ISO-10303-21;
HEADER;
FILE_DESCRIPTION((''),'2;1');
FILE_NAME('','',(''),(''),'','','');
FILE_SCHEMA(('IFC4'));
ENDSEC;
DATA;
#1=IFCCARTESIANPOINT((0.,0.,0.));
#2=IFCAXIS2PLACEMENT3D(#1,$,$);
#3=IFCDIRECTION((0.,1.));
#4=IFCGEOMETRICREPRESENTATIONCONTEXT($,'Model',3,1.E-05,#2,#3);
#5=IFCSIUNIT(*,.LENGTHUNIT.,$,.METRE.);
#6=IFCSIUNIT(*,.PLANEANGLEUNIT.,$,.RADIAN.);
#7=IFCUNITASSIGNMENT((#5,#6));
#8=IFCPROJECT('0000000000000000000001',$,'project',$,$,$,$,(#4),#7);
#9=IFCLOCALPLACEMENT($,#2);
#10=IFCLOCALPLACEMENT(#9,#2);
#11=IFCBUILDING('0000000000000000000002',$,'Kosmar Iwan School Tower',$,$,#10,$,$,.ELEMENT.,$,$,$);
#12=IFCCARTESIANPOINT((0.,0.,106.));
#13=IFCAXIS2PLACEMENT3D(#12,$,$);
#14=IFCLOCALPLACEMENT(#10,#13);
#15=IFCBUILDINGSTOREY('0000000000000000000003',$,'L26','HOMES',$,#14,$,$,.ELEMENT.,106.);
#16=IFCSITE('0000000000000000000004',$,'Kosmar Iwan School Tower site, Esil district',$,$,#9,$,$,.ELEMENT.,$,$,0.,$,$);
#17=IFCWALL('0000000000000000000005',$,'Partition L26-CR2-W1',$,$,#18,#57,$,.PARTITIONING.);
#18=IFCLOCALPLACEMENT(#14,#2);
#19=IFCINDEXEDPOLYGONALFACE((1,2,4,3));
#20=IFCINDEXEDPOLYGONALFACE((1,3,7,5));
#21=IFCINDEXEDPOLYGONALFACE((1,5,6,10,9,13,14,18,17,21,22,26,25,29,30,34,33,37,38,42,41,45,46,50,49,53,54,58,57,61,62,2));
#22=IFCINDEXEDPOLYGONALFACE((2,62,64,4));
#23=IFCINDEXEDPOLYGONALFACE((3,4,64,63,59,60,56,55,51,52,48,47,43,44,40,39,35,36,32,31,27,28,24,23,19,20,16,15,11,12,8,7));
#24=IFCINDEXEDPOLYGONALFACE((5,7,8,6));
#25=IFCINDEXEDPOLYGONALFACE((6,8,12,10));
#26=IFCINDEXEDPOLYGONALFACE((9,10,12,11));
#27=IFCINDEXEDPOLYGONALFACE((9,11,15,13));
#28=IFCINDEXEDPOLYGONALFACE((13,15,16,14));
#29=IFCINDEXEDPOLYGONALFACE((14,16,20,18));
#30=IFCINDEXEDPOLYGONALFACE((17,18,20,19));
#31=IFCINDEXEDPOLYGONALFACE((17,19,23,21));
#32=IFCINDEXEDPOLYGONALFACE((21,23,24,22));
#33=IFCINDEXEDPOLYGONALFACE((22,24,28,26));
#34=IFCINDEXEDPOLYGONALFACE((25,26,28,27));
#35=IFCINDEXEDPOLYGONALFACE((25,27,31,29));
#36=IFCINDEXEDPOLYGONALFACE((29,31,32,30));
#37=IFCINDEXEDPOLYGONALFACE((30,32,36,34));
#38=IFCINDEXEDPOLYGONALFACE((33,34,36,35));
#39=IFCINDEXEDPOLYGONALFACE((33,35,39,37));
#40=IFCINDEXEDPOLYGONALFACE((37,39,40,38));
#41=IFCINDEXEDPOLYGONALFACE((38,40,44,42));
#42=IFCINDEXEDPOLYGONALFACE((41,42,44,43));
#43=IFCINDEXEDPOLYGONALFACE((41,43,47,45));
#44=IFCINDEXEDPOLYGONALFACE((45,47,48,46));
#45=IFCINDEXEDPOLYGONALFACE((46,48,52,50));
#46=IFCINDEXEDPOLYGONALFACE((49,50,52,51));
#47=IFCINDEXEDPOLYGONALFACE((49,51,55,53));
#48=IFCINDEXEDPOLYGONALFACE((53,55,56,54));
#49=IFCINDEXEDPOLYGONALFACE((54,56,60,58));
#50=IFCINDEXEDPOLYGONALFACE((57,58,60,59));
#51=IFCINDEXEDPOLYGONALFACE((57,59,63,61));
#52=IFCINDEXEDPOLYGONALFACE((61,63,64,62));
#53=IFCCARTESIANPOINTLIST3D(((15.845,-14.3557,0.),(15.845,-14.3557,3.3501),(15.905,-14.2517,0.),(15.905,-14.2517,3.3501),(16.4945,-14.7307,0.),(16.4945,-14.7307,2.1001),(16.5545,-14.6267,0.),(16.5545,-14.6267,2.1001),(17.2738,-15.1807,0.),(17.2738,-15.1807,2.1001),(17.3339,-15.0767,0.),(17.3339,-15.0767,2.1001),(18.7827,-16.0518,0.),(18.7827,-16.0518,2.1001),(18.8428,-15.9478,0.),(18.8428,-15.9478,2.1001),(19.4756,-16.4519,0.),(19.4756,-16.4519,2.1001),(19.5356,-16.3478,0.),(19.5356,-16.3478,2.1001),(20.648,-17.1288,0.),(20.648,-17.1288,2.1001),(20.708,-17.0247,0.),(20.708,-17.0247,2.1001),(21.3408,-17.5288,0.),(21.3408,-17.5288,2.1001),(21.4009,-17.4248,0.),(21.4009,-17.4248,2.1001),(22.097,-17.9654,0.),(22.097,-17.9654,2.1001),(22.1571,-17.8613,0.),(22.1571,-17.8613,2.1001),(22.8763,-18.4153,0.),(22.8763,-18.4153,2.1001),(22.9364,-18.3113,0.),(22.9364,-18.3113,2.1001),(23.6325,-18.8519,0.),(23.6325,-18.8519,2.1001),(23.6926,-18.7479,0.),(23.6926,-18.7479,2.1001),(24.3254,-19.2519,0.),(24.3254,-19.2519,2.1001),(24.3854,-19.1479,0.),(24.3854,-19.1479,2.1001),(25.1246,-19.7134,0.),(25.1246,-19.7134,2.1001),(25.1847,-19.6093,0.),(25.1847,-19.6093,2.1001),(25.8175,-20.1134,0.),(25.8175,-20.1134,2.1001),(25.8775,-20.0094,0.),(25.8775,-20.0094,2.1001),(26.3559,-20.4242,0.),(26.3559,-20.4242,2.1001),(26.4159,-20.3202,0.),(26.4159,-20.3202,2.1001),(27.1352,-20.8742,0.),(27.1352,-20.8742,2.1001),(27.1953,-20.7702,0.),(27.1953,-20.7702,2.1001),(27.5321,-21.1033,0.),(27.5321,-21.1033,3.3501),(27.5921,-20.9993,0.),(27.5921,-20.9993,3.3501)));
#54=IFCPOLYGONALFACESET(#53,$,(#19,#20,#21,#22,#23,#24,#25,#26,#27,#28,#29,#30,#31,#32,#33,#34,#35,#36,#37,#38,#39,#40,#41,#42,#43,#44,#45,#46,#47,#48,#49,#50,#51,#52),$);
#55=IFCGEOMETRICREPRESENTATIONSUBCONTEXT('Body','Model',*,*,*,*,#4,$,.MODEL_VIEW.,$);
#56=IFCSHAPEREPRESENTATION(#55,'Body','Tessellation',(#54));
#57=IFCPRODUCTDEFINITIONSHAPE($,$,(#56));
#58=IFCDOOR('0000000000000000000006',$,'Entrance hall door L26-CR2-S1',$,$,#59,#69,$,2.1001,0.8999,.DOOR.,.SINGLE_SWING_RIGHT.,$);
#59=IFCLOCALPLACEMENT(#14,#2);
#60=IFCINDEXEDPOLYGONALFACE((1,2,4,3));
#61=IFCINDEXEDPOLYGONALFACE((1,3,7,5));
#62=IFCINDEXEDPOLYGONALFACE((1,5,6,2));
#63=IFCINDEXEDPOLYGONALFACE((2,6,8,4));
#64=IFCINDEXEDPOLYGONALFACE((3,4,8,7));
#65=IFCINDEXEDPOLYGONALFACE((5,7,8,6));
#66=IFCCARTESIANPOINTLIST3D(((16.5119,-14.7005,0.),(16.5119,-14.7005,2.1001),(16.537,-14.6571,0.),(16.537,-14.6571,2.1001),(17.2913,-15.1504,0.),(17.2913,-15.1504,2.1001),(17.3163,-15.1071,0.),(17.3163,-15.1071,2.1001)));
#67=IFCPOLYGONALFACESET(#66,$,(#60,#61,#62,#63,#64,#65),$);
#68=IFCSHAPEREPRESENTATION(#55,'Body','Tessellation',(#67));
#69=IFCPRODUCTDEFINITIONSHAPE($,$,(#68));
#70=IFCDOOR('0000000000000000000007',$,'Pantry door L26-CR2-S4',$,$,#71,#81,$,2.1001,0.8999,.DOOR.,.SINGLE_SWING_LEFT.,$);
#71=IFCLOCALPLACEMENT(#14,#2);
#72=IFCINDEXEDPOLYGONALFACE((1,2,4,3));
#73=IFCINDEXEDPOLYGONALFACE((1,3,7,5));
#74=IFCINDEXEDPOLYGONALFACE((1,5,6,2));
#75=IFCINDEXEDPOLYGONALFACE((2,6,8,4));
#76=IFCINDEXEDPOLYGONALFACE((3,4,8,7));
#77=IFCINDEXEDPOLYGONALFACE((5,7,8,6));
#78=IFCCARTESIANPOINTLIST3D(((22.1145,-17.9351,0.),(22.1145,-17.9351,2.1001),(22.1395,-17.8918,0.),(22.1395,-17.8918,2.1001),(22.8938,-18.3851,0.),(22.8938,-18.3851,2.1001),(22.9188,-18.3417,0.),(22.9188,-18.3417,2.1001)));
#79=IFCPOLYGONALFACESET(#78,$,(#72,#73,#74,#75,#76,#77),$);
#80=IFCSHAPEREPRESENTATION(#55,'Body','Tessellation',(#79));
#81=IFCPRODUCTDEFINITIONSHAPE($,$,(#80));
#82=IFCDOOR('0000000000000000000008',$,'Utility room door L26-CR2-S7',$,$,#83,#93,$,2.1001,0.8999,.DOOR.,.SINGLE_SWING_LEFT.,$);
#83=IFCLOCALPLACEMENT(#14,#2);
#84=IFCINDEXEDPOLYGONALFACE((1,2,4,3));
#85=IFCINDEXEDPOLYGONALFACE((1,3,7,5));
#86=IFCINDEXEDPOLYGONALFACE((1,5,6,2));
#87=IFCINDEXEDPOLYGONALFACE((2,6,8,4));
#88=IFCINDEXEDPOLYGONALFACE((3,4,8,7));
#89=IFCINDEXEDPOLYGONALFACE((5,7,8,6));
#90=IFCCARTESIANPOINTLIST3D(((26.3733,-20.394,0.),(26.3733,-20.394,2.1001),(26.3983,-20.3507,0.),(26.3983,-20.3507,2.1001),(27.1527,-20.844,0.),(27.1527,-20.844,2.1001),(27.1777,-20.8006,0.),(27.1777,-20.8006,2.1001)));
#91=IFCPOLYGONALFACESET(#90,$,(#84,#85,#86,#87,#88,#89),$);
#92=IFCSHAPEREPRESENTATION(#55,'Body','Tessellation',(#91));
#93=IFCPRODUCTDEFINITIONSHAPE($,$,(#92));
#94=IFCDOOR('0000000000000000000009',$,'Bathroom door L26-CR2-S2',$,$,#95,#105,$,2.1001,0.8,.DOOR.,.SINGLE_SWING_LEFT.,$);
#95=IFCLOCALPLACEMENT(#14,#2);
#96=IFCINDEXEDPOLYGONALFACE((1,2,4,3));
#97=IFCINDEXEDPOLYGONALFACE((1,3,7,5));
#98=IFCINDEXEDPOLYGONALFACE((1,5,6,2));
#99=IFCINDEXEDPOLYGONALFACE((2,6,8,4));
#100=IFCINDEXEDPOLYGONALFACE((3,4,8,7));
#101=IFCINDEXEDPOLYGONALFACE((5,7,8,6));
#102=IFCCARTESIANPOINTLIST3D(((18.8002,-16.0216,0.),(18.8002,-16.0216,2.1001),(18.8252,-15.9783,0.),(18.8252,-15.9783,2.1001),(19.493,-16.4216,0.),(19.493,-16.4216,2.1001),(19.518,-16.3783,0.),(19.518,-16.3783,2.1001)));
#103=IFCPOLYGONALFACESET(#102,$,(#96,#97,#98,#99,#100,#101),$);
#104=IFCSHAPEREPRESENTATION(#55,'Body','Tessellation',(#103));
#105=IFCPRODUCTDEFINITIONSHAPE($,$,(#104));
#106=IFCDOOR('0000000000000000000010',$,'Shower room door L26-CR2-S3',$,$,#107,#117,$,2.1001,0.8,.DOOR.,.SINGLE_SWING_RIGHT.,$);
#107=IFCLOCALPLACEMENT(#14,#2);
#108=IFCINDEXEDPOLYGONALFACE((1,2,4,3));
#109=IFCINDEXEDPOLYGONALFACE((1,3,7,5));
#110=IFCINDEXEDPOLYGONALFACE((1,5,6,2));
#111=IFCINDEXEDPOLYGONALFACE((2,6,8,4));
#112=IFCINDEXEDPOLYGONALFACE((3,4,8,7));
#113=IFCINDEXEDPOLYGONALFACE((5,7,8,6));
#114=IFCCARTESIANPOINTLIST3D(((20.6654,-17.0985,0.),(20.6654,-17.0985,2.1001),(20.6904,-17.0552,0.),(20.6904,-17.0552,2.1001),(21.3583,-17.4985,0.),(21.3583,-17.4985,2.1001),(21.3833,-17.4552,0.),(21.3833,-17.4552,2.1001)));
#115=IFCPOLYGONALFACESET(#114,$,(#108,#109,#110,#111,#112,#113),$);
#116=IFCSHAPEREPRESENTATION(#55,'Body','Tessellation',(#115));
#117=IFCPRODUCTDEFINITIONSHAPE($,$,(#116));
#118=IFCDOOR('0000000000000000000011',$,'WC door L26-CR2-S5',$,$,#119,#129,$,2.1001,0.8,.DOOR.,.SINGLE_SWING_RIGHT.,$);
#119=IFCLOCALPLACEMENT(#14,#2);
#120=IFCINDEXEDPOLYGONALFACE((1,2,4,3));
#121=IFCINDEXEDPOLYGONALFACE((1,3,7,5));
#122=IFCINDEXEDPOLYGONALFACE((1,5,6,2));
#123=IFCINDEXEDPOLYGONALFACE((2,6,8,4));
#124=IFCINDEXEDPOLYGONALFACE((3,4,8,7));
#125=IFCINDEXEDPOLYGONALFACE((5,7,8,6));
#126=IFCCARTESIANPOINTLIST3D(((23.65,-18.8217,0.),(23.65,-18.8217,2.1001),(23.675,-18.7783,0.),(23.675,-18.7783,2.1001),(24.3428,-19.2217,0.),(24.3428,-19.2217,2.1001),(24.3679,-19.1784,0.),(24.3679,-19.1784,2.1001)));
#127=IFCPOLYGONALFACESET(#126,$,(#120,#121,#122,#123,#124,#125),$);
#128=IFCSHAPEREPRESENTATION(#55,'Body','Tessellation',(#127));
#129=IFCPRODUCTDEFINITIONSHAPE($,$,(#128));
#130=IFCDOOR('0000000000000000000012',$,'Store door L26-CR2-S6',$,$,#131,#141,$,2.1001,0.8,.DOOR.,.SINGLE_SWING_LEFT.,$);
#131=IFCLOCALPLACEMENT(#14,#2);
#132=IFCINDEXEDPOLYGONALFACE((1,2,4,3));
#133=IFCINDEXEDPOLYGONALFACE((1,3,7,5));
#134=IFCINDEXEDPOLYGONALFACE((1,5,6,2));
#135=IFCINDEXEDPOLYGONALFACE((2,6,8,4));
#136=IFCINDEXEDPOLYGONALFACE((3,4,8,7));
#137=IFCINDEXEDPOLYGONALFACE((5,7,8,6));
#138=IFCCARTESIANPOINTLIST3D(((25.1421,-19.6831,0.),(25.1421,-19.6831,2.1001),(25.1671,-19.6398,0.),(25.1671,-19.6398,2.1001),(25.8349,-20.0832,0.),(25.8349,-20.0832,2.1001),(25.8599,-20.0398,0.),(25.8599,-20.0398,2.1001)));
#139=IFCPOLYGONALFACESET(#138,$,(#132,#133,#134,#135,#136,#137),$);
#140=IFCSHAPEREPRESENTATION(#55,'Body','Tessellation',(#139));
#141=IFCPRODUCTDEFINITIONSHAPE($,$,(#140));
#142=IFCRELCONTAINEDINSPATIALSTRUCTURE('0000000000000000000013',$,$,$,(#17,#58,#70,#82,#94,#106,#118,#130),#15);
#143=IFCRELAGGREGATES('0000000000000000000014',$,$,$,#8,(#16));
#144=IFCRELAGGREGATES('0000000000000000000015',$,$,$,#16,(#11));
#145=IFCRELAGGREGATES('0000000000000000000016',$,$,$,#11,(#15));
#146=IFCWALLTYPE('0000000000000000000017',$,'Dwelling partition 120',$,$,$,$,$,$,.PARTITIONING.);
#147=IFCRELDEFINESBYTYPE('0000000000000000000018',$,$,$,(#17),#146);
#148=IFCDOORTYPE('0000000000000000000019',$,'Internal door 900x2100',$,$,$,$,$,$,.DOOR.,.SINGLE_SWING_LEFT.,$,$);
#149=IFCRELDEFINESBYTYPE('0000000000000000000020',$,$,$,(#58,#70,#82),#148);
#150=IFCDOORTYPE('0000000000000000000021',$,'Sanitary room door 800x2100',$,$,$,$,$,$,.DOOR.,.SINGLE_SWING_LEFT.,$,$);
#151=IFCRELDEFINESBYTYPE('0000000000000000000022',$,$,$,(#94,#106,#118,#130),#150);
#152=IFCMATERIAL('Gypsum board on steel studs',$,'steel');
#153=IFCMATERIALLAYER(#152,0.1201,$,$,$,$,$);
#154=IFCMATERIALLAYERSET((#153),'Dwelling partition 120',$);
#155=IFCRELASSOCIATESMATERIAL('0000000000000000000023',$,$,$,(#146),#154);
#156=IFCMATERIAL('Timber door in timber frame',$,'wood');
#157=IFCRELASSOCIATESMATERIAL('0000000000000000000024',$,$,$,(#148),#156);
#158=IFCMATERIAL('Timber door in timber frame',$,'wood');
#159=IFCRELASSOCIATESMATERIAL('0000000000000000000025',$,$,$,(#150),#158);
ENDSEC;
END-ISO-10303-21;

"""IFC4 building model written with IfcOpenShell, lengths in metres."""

from ifc_helpers import new_model, si_unit, direction, frame, frame_2d, origin, place, context, subcontext, project, spatial, rectangle, extrude, material, layer, layer_set, type_object, element, fill, save


model = new_model("IFC4")

# Units and contexts
model_context = context("Model", 3, precision=1e-05, world=origin(), true_north=direction((0.0, 1.0)))
body_context = subcontext(model_context, "Body", "Model", "MODEL_VIEW")
ifc_project = project(units=[si_unit("LENGTHUNIT", "METRE"), si_unit("PLANEANGLEUNIT", "RADIAN")], contexts=[model_context])

# Site, building, storey
site_placement = place(None, origin())
site = spatial("IfcSite", under=ifc_project, at=site_placement, Name="Kosmar Iwan School Tower site, Esil district", CompositionType="ELEMENT", RefElevation=0.0)
building_placement = place(site_placement, origin())
building = spatial("IfcBuilding", under=site, at=building_placement, Name="Kosmar Iwan School Tower", CompositionType="ELEMENT")
storey_placement = place(building_placement, frame((0.0, 0.0, 106.0)))
storey = spatial("IfcBuildingStorey", under=building, at=storey_placement, Name="L26", Description="HOMES", CompositionType="ELEMENT", Elevation=106.0)

# Wall, openings, doors
ifc_material_1 = material(Name="Gypsum board on steel studs", Category="steel")
ifc_layer_1 = layer(ifc_material_1, 0.1201)
ifc_layer_set_1 = layer_set([ifc_layer_1], Name="Dwelling partition 120")
wall_type_1 = type_object("IfcWallType", Name="Dwelling partition 120", PredefinedType="PARTITIONING", material=ifc_layer_set_1)
wall_1_placement = place(storey_placement, frame((15.875, -14.3037, 0.0), z_axis=(0.0, 0.0, 1.0), x_axis=(0.866024, -0.500003, 0.0)))
wall_1 = element("IfcWall", 1, at=wall_1_placement, inside=storey, type_object=wall_type_1, Name="Partition L26-CR2-W1", PredefinedType="PARTITIONING", context=body_context, shape_type="SweptSolid", body=[
    extrude(rectangle(XDim=13.4951, YDim=0.1201, at=frame_2d((6.7476, 0.0))), origin(), (0.0, 0.0, 1.0), 3.3501),
])
opening_1_placement = place(wall_1_placement, frame((0.75, 0.0, 0.0)))
opening_1 = element("IfcOpeningElement", 2, at=opening_1_placement, cuts=wall_1, PredefinedType="OPENING", context=body_context, shape_type="SweptSolid", body=[
    extrude(rectangle(XDim=0.8999, YDim=2.1001, at=frame_2d((0.45, 1.05))), frame((0.0, 0.072, 0.0), z_axis=(0.0, -1.0, 0.0), x_axis=(1.0, 0.0, 0.0)), (0.0, 0.0, 1.0), 0.144),
])
opening_2_placement = place(wall_1_placement, frame((3.3923, 0.0, 0.0)))
opening_2 = element("IfcOpeningElement", 3, at=opening_2_placement, cuts=wall_1, PredefinedType="OPENING", context=body_context, shape_type="SweptSolid", body=[
    extrude(rectangle(XDim=0.8, YDim=2.1001, at=frame_2d((0.3999, 1.05))), frame((0.0, 0.072, 0.0), z_axis=(0.0, -1.0, 0.0), x_axis=(1.0, 0.0, 0.0)), (0.0, 0.0, 1.0), 0.144),
])
opening_3_placement = place(wall_1_placement, frame((5.5461, 0.0, 0.0)))
opening_3 = element("IfcOpeningElement", 4, at=opening_3_placement, cuts=wall_1, PredefinedType="OPENING", context=body_context, shape_type="SweptSolid", body=[
    extrude(rectangle(XDim=0.8, YDim=2.1001, at=frame_2d((0.3999, 1.05))), frame((0.0, 0.072, 0.0), z_axis=(0.0, -1.0, 0.0), x_axis=(1.0, 0.0, 0.0)), (0.0, 0.0, 1.0), 0.144),
])
opening_4_placement = place(wall_1_placement, frame((7.2192, 0.0, 0.0)))
opening_4 = element("IfcOpeningElement", 5, at=opening_4_placement, cuts=wall_1, PredefinedType="OPENING", context=body_context, shape_type="SweptSolid", body=[
    extrude(rectangle(XDim=0.8999, YDim=2.1001, at=frame_2d((0.45, 1.05))), frame((0.0, 0.072, 0.0), z_axis=(0.0, -1.0, 0.0), x_axis=(1.0, 0.0, 0.0)), (0.0, 0.0, 1.0), 0.144),
])
opening_5_placement = place(wall_1_placement, frame((8.9924, 0.0, 0.0)))
opening_5 = element("IfcOpeningElement", 6, at=opening_5_placement, cuts=wall_1, PredefinedType="OPENING", context=body_context, shape_type="SweptSolid", body=[
    extrude(rectangle(XDim=0.8, YDim=2.1001, at=frame_2d((0.3999, 1.05))), frame((0.0, 0.072, 0.0), z_axis=(0.0, -1.0, 0.0), x_axis=(1.0, 0.0, 0.0)), (0.0, 0.0, 1.0), 0.144),
])
opening_6_placement = place(wall_1_placement, frame((10.7153, 0.0, 0.0)))
opening_6 = element("IfcOpeningElement", 7, at=opening_6_placement, cuts=wall_1, PredefinedType="OPENING", context=body_context, shape_type="SweptSolid", body=[
    extrude(rectangle(XDim=0.8, YDim=2.1001, at=frame_2d((0.3999, 1.05))), frame((0.0, 0.072, 0.0), z_axis=(0.0, -1.0, 0.0), x_axis=(1.0, 0.0, 0.0)), (0.0, 0.0, 1.0), 0.144),
])
opening_7_placement = place(wall_1_placement, frame((12.137, 0.0, 0.0)))
opening_7 = element("IfcOpeningElement", 8, at=opening_7_placement, cuts=wall_1, PredefinedType="OPENING", context=body_context, shape_type="SweptSolid", body=[
    extrude(rectangle(XDim=0.8999, YDim=2.1001, at=frame_2d((0.45, 1.05))), frame((0.0, 0.072, 0.0), z_axis=(0.0, -1.0, 0.0), x_axis=(1.0, 0.0, 0.0)), (0.0, 0.0, 1.0), 0.144),
])
ifc_material_2 = material(Name="Timber door in timber frame", Category="wood")
door_type_1 = type_object("IfcDoorType", Name="Internal door 900x2100", OperationType="SINGLE_SWING_LEFT", PredefinedType="DOOR", material=ifc_material_2)
door_1_placement = place(opening_1_placement, origin())
door_1 = element("IfcDoor", 9, at=door_1_placement, inside=storey, type_object=door_type_1, Name="Entrance hall door L26-CR2-S1", OperationType="SINGLE_SWING_RIGHT", OverallHeight=2.1001, OverallWidth=0.8999, PredefinedType="DOOR", context=body_context, shape_type="SweptSolid", body=[
    extrude(rectangle(XDim=0.8999, YDim=2.1001, at=frame_2d((0.45, 1.05))), frame((0.0, 0.0249, 0.0), z_axis=(0.0, -1.0, 0.0), x_axis=(1.0, 0.0, 0.0)), (0.0, 0.0, 1.0), 0.05),
])
fill(opening_1, door_1)
door_2_placement = place(opening_4_placement, origin())
door_2 = element("IfcDoor", 10, at=door_2_placement, inside=storey, type_object=door_type_1, Name="Pantry door L26-CR2-S4", OperationType="SINGLE_SWING_LEFT", OverallHeight=2.1001, OverallWidth=0.8999, PredefinedType="DOOR", context=body_context, shape_type="SweptSolid", body=[
    extrude(rectangle(XDim=0.8999, YDim=2.1001, at=frame_2d((0.45, 1.05))), frame((0.0, 0.0249, 0.0), z_axis=(0.0, -1.0, 0.0), x_axis=(1.0, 0.0, 0.0)), (0.0, 0.0, 1.0), 0.05),
])
fill(opening_4, door_2)
door_3_placement = place(opening_7_placement, origin())
door_3 = element("IfcDoor", 11, at=door_3_placement, inside=storey, type_object=door_type_1, Name="Utility room door L26-CR2-S7", OperationType="SINGLE_SWING_LEFT", OverallHeight=2.1001, OverallWidth=0.8999, PredefinedType="DOOR", context=body_context, shape_type="SweptSolid", body=[
    extrude(rectangle(XDim=0.8999, YDim=2.1001, at=frame_2d((0.45, 1.05))), frame((0.0, 0.0249, 0.0), z_axis=(0.0, -1.0, 0.0), x_axis=(1.0, 0.0, 0.0)), (0.0, 0.0, 1.0), 0.05),
])
fill(opening_7, door_3)
ifc_material_3 = material(Name="Timber door in timber frame", Category="wood")
door_type_2 = type_object("IfcDoorType", Name="Sanitary room door 800x2100", OperationType="SINGLE_SWING_LEFT", PredefinedType="DOOR", material=ifc_material_3)
door_4_placement = place(opening_2_placement, origin())
door_4 = element("IfcDoor", 12, at=door_4_placement, inside=storey, type_object=door_type_2, Name="Bathroom door L26-CR2-S2", OperationType="SINGLE_SWING_LEFT", OverallHeight=2.1001, OverallWidth=0.8, PredefinedType="DOOR", context=body_context, shape_type="SweptSolid", body=[
    extrude(rectangle(XDim=0.8, YDim=2.1001, at=frame_2d((0.3999, 1.05))), frame((0.0, 0.0249, 0.0), z_axis=(0.0, -1.0, 0.0), x_axis=(1.0, 0.0, 0.0)), (0.0, 0.0, 1.0), 0.05),
])
fill(opening_2, door_4)
door_5_placement = place(opening_3_placement, origin())
door_5 = element("IfcDoor", 13, at=door_5_placement, inside=storey, type_object=door_type_2, Name="Shower room door L26-CR2-S3", OperationType="SINGLE_SWING_RIGHT", OverallHeight=2.1001, OverallWidth=0.8, PredefinedType="DOOR", context=body_context, shape_type="SweptSolid", body=[
    extrude(rectangle(XDim=0.8, YDim=2.1001, at=frame_2d((0.3999, 1.05))), frame((0.0, 0.0249, 0.0), z_axis=(0.0, -1.0, 0.0), x_axis=(1.0, 0.0, 0.0)), (0.0, 0.0, 1.0), 0.05),
])
fill(opening_3, door_5)
door_6_placement = place(opening_5_placement, origin())
door_6 = element("IfcDoor", 14, at=door_6_placement, inside=storey, type_object=door_type_2, Name="WC door L26-CR2-S5", OperationType="SINGLE_SWING_RIGHT", OverallHeight=2.1001, OverallWidth=0.8, PredefinedType="DOOR", context=body_context, shape_type="SweptSolid", body=[
    extrude(rectangle(XDim=0.8, YDim=2.1001, at=frame_2d((0.3999, 1.05))), frame((0.0, 0.0249, 0.0), z_axis=(0.0, -1.0, 0.0), x_axis=(1.0, 0.0, 0.0)), (0.0, 0.0, 1.0), 0.05),
])
fill(opening_5, door_6)
door_7_placement = place(opening_6_placement, origin())
door_7 = element("IfcDoor", 15, at=door_7_placement, inside=storey, type_object=door_type_2, Name="Store door L26-CR2-S6", OperationType="SINGLE_SWING_LEFT", OverallHeight=2.1001, OverallWidth=0.8, PredefinedType="DOOR", context=body_context, shape_type="SweptSolid", body=[
    extrude(rectangle(XDim=0.8, YDim=2.1001, at=frame_2d((0.3999, 1.05))), frame((0.0, 0.0249, 0.0), z_axis=(0.0, -1.0, 0.0), x_axis=(1.0, 0.0, 0.0)), (0.0, 0.0, 1.0), 0.05),
])
fill(opening_6, door_7)

save(model, "model.ifc")
